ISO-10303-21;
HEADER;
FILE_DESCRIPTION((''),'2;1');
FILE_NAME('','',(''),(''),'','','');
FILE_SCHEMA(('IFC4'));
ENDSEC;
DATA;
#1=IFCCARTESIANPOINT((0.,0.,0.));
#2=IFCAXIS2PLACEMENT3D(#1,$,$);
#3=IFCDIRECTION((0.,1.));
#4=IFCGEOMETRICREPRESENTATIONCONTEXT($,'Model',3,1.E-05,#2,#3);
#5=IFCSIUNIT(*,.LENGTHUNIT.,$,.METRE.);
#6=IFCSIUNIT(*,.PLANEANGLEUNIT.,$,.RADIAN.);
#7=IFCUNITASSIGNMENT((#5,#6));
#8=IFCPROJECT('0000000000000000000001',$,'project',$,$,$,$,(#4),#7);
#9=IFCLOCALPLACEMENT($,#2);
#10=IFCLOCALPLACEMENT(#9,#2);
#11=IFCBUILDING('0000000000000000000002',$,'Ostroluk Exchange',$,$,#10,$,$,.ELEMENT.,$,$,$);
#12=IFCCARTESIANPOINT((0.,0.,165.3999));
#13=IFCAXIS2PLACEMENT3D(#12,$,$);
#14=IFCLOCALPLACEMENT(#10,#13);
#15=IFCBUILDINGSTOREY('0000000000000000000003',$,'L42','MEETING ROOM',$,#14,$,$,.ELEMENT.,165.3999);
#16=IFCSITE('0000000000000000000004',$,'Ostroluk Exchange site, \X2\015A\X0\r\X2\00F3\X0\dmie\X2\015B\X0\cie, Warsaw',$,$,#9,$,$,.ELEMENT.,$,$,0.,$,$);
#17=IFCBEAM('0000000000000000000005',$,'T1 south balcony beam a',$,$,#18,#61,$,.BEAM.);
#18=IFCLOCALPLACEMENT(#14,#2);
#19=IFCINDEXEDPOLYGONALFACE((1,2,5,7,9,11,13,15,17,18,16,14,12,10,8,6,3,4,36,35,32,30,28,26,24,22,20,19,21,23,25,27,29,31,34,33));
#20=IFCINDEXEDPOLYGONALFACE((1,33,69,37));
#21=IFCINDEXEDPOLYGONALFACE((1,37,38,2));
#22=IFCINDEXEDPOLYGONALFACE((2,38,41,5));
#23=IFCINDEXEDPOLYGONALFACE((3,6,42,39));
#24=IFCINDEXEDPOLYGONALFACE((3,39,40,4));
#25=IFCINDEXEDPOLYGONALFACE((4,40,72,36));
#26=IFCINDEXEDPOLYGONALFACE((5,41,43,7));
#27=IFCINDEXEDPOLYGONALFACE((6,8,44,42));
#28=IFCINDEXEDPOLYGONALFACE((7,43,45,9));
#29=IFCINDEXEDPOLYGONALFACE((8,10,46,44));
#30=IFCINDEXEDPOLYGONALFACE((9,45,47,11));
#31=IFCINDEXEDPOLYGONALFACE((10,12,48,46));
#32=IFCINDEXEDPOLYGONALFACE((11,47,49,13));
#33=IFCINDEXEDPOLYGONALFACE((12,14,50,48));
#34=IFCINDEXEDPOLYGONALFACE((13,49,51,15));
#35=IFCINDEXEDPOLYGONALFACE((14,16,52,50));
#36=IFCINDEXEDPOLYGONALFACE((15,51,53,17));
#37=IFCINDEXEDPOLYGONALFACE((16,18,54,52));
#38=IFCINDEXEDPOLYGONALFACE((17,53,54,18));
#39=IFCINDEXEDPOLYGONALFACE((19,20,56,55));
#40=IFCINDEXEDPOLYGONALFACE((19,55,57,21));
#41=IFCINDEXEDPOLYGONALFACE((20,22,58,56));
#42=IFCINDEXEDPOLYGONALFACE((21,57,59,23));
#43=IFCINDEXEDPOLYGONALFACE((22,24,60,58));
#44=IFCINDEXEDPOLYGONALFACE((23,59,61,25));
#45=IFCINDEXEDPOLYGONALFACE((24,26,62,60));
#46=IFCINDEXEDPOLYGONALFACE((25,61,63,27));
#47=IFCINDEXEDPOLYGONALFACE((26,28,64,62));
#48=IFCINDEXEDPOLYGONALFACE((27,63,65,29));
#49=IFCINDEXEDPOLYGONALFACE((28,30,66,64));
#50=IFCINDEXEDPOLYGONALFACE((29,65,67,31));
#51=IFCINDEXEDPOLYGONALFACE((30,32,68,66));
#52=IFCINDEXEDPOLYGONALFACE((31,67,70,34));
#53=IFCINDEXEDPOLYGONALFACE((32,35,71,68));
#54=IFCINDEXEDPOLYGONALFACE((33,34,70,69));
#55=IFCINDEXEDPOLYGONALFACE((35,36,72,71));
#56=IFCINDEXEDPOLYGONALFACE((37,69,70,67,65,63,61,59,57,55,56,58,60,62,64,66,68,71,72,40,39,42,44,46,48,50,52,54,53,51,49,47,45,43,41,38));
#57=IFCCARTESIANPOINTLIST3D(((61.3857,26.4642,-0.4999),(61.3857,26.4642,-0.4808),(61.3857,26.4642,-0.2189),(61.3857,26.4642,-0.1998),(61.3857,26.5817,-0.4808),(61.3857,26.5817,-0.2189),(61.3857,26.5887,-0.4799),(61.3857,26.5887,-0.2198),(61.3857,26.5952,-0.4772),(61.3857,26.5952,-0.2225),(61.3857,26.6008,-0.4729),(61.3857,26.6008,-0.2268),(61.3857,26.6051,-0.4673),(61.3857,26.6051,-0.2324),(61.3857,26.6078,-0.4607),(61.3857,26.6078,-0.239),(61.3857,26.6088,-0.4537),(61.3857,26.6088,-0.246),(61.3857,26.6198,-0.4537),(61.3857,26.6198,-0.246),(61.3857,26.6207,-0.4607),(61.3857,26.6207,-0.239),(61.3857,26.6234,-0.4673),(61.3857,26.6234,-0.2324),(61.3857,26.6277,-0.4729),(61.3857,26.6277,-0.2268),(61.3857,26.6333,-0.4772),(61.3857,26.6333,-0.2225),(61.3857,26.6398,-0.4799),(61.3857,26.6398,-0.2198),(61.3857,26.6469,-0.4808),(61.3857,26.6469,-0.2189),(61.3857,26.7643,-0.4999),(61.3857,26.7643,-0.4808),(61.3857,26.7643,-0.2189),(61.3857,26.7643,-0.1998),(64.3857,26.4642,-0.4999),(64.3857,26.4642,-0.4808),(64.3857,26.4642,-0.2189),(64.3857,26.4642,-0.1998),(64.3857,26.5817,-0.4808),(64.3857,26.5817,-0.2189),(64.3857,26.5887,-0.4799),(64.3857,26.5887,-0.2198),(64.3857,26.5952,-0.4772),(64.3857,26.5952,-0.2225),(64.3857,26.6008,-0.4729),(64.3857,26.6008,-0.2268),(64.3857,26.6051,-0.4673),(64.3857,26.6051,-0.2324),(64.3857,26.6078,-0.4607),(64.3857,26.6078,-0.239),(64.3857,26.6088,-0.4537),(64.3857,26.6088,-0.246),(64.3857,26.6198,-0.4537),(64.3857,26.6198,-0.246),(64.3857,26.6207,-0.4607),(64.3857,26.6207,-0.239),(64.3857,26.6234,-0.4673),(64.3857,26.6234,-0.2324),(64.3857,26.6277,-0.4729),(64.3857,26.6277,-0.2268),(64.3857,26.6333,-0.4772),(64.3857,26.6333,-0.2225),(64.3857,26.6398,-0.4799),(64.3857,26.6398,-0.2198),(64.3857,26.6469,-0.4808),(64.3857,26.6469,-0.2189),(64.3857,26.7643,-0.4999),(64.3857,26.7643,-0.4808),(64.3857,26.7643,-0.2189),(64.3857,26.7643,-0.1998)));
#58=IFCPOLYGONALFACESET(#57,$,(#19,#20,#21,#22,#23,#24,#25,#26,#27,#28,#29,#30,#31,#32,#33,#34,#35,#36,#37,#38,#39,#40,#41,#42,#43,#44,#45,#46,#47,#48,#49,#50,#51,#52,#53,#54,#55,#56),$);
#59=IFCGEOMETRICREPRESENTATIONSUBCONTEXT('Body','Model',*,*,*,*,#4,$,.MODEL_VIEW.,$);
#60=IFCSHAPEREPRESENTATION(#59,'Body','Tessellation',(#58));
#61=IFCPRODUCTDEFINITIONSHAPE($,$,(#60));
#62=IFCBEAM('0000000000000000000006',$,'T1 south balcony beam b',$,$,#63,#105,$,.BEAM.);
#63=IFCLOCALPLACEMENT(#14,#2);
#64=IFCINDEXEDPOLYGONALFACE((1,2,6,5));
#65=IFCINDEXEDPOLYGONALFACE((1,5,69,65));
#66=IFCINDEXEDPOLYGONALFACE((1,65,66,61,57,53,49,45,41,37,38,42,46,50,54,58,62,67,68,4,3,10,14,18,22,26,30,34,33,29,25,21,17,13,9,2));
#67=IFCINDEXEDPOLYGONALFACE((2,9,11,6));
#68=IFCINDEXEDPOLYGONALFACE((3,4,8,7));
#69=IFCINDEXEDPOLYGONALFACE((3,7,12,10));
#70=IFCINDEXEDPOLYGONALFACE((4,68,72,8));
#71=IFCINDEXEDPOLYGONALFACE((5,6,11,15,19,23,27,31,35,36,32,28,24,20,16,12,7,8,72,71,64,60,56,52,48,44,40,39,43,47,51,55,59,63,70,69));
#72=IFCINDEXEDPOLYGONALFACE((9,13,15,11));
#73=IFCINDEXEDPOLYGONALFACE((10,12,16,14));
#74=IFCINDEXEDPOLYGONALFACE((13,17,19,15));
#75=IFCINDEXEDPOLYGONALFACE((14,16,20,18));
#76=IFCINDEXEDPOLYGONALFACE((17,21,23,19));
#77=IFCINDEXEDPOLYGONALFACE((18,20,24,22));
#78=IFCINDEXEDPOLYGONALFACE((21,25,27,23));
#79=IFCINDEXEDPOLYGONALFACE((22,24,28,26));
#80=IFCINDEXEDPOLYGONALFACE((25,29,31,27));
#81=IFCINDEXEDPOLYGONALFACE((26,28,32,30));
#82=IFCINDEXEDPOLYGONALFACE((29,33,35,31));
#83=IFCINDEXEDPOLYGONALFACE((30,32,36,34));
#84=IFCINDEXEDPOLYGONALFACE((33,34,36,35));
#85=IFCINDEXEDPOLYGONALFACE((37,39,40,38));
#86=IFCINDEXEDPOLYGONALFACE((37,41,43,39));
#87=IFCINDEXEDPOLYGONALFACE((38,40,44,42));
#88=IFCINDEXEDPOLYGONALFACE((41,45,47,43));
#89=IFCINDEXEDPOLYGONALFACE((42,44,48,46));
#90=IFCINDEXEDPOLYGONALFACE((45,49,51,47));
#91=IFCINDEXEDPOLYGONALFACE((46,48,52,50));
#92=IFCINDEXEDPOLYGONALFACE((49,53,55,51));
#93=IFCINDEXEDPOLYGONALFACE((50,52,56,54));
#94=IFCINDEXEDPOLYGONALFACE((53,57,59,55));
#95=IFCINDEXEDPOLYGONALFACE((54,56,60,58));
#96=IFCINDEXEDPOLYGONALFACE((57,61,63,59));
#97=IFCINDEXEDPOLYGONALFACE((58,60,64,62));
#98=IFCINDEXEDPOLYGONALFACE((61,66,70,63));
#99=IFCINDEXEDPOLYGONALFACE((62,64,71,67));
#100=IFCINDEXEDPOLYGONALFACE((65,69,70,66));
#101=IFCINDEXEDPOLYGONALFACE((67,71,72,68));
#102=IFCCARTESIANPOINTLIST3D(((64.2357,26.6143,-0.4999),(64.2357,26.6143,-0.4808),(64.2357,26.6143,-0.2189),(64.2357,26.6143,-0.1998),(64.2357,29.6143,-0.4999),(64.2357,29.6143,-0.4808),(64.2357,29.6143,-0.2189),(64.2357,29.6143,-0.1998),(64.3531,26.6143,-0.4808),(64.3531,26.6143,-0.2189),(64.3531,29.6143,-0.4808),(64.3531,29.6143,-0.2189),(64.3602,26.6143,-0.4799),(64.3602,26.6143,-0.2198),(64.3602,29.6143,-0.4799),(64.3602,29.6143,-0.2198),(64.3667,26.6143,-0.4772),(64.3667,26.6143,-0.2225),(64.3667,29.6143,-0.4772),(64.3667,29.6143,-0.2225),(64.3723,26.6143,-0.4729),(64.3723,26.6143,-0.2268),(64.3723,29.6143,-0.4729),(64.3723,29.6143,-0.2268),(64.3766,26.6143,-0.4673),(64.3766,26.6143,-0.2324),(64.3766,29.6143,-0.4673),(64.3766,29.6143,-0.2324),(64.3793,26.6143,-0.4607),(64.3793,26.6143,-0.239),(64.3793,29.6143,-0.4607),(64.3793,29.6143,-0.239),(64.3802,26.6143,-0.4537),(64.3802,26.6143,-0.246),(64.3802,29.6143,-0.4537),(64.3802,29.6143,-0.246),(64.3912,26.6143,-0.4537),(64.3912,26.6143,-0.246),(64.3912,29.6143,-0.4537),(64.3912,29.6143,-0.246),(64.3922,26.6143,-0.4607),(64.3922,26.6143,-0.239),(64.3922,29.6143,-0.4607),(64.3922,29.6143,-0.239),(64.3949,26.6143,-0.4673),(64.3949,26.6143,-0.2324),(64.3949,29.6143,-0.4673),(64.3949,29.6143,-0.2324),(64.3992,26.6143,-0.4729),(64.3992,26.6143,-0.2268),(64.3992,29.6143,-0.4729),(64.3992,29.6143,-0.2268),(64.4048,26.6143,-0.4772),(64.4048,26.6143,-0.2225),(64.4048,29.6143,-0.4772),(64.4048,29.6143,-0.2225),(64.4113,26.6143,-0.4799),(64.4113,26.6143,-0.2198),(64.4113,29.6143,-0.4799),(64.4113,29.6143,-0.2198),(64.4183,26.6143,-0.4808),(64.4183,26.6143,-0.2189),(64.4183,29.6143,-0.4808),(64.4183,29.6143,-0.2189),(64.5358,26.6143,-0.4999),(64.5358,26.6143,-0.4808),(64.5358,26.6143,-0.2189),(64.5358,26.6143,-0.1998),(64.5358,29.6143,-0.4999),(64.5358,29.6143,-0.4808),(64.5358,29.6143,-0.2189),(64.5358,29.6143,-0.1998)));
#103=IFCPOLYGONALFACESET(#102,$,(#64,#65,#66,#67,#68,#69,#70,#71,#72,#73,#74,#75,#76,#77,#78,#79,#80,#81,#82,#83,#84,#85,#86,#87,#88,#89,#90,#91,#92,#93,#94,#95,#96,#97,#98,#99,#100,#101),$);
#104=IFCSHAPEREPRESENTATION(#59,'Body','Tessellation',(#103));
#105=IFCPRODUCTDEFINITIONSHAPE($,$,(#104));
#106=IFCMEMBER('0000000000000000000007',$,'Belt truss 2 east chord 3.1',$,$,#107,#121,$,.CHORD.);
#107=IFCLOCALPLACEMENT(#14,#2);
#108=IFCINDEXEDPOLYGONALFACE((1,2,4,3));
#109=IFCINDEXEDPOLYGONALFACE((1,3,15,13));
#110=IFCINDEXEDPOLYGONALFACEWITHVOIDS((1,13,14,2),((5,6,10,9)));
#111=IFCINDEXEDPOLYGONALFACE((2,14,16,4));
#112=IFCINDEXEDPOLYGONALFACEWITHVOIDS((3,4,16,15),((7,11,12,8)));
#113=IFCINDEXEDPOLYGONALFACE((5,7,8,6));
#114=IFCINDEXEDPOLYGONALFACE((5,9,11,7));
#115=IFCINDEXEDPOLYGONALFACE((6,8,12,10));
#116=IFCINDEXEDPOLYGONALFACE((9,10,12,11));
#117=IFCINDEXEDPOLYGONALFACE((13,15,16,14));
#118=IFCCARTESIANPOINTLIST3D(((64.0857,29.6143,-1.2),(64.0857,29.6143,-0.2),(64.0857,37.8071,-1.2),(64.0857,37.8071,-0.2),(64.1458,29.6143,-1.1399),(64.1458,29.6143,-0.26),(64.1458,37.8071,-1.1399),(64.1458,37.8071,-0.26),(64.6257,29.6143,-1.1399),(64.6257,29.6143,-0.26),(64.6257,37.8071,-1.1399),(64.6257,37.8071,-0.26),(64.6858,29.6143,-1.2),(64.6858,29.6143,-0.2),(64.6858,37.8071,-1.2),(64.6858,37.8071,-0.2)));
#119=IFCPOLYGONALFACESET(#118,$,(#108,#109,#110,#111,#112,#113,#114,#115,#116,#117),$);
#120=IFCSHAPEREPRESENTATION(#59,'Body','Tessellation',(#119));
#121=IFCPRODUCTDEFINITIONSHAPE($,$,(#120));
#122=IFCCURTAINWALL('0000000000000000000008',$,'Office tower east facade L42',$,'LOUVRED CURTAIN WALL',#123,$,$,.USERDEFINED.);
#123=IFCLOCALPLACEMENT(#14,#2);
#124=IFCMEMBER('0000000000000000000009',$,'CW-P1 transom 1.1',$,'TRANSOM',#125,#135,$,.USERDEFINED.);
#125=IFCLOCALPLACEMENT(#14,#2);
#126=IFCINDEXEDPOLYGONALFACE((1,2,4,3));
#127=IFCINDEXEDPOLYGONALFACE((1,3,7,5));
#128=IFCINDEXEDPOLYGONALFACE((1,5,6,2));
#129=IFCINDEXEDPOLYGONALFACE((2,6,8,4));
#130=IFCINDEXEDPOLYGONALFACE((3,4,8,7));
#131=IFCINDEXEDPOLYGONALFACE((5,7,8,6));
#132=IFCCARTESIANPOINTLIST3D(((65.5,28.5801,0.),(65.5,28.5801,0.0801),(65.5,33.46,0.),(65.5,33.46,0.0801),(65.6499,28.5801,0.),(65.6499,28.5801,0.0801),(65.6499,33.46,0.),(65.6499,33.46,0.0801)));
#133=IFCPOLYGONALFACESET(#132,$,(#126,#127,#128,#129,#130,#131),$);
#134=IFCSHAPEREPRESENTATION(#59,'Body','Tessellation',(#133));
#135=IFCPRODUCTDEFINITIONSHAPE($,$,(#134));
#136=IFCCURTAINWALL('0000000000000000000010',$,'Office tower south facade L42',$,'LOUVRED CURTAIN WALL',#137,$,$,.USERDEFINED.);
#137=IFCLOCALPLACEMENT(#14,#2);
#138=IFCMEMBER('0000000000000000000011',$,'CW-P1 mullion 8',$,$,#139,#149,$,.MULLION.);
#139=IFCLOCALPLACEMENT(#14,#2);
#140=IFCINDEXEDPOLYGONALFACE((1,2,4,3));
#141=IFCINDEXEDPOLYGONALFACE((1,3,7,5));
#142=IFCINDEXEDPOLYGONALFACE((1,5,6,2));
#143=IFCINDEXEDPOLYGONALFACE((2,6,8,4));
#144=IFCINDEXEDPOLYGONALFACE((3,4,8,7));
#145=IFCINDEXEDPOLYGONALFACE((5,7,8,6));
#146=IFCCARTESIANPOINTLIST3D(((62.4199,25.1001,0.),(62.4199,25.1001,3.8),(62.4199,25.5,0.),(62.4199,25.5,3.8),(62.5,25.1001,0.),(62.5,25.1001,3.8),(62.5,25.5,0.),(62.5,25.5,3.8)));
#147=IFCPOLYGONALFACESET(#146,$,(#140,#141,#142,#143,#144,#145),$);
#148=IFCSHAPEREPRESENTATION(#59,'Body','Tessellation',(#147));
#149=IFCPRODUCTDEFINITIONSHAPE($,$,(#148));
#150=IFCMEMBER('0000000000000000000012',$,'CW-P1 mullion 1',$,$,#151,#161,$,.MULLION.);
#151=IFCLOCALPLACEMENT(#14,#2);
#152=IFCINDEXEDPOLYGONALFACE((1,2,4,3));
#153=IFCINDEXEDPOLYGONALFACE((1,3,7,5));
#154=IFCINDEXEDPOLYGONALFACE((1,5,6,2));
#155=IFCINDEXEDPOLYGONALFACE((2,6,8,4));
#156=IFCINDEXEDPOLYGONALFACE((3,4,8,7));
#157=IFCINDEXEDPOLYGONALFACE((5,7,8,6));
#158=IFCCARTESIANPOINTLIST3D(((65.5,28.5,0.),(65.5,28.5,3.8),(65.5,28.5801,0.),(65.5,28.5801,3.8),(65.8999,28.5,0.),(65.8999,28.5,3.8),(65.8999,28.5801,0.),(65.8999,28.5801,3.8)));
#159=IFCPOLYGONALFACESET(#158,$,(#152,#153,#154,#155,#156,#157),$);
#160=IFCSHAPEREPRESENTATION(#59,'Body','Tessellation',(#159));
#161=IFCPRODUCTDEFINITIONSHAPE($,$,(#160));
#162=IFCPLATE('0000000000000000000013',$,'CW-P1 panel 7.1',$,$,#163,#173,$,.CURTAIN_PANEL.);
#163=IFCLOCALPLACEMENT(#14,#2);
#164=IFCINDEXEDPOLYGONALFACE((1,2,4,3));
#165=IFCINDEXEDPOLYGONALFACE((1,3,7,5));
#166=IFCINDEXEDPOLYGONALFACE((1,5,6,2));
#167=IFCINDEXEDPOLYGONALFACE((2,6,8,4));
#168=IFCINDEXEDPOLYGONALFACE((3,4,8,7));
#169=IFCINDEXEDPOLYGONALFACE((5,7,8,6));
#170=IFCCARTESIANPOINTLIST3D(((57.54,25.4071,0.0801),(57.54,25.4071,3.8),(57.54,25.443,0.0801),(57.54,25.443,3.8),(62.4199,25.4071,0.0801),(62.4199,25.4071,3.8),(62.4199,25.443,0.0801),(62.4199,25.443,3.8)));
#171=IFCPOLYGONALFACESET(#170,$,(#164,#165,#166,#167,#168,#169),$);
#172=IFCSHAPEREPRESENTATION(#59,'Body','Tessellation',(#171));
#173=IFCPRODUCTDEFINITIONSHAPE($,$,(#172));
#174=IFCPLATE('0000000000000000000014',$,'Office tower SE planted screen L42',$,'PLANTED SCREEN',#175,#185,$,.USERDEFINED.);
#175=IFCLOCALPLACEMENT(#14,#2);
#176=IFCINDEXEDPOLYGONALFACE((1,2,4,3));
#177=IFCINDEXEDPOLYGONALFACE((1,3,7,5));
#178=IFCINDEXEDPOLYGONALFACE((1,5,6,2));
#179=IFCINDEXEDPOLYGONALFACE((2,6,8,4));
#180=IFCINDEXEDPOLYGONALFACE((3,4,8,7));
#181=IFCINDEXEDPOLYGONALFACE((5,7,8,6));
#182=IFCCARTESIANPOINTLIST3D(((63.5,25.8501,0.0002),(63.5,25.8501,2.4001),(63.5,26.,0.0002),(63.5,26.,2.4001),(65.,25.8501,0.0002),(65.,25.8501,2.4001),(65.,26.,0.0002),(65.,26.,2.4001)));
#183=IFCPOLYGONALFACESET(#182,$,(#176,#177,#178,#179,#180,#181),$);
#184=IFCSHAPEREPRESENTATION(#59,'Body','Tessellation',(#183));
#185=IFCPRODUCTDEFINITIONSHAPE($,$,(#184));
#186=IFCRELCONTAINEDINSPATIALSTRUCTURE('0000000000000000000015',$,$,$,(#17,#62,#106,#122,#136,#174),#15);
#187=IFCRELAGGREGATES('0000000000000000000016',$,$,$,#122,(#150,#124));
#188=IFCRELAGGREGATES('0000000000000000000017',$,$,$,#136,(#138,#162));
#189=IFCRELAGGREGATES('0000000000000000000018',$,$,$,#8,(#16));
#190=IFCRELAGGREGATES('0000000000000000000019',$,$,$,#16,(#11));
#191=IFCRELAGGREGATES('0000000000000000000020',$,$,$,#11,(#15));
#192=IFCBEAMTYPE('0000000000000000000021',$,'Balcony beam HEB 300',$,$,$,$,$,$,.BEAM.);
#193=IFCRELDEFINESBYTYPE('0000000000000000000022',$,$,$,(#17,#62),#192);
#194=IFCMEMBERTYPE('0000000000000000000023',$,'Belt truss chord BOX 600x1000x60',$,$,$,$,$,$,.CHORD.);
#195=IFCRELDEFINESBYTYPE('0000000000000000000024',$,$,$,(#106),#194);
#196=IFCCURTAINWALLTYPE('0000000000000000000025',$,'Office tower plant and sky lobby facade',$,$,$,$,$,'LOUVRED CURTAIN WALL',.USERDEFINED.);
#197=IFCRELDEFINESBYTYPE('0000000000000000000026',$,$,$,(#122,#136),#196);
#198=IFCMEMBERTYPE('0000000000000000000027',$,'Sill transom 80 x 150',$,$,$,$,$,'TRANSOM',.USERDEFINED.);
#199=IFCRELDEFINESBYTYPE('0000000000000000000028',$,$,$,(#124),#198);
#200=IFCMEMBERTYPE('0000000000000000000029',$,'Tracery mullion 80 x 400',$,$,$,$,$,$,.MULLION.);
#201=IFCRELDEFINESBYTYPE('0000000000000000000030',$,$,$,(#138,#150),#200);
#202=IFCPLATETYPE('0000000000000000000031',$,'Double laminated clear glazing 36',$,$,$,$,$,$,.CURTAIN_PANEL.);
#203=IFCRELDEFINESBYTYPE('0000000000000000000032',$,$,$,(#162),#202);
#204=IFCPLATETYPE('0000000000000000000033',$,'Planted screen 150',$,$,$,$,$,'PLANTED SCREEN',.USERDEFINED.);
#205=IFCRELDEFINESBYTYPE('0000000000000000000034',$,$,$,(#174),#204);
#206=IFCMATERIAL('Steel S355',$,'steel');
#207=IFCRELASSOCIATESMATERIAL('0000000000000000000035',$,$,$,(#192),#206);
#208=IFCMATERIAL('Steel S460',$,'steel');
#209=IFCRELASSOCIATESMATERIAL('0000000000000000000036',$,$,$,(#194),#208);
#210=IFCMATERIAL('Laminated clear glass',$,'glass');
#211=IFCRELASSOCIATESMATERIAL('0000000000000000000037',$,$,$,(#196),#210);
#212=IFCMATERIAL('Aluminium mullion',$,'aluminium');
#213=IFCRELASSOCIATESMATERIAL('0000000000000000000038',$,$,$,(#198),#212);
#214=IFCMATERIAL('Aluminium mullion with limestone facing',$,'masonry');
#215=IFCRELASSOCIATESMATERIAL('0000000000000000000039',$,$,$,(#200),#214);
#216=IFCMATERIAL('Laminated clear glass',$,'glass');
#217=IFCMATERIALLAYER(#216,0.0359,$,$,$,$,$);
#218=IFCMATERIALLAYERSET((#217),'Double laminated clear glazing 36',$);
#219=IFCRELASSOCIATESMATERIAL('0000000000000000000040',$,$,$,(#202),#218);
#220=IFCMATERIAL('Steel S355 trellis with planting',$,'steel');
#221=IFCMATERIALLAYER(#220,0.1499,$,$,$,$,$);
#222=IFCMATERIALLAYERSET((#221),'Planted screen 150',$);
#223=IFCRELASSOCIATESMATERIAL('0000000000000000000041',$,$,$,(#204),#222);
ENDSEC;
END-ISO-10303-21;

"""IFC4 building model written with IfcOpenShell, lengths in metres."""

from ifc_helpers import new_model, si_unit, direction, frame, origin, origin_2d, place, context, subcontext, project, spatial, rectangle, hollow_rectangle, i_section, extrude, material, layer, layer_set, material_profile, profile_set, type_object, element, aggregate, save


model = new_model("IFC4")

# Units and contexts
model_context = context("Model", 3, precision=1e-05, world=origin(), true_north=direction((0.0, 1.0)))
body_context = subcontext(model_context, "Body", "Model", "MODEL_VIEW")
ifc_project = project(units=[si_unit("LENGTHUNIT", "METRE"), si_unit("PLANEANGLEUNIT", "RADIAN")], contexts=[model_context])

# Site, building, storey
site_placement = place(None, origin())
site = spatial("IfcSite", under=ifc_project, at=site_placement, Name="Ostroluk Exchange site, Śródmieście, Warsaw", CompositionType="ELEMENT", RefElevation=0.0)
building_placement = place(site_placement, origin())
building = spatial("IfcBuilding", under=site, at=building_placement, Name="Ostroluk Exchange", CompositionType="ELEMENT")
storey_placement = place(building_placement, frame((0.0, 0.0, 165.3999)))
storey = spatial("IfcBuildingStorey", under=building, at=storey_placement, Name="L42", Description="MEETING ROOM", CompositionType="ELEMENT", Elevation=165.3999)

# Beams
ifc_material_1 = material(Name="Steel S355", Category="steel")
ifc_material_profile_1 = material_profile(ifc_material_1, i_section(OverallWidth=0.3, OverallDepth=0.3, WebThickness=0.011, FlangeThickness=0.019, FilletRadius=0.0271, at=origin_2d()), Name="HEB 300")
ifc_profile_set_1 = profile_set([ifc_material_profile_1], Name="Steel S355")
beam_type = type_object("IfcBeamType", Name="Balcony beam HEB 300", PredefinedType="BEAM", material=ifc_profile_set_1)
for number, where, z_axis, x_axis, name in (
    (1, (61.3857, 26.6143, -0.3499), (1.0, 0.0, 0.0), (0.0, 1.0, 0.0), "T1 south balcony beam a"),
    (2, (64.3857, 29.6143, -0.3499), (0.0, -1.0, 0.0), (1.0, 0.0, 0.0), "T1 south balcony beam b"),
):
    element("IfcBeam", number, at=place(storey_placement, frame(where, z_axis=z_axis, x_axis=x_axis)), inside=storey, type_object=beam_type, Name=name, PredefinedType="BEAM", context=body_context, shape_type="SweptSolid", body=[
        extrude(i_section(OverallWidth=0.3, OverallDepth=0.3, WebThickness=0.011, FlangeThickness=0.019, FilletRadius=0.0271, at=origin_2d()), origin(), (0.0, 0.0, 1.0), 3.0),
    ])

# Member
ifc_material_2 = material(Name="Steel S460", Category="steel")
ifc_material_profile_2 = material_profile(ifc_material_2, hollow_rectangle(XDim=0.6001, YDim=1.0, WallThickness=0.0601, at=origin_2d()), Name="BOX 600x1000x60")
ifc_profile_set_2 = profile_set([ifc_material_profile_2], Name="Steel S460")
member_type_1 = type_object("IfcMemberType", Name="Belt truss chord BOX 600x1000x60", PredefinedType="CHORD", material=ifc_profile_set_2)
member_1_placement = place(storey_placement, frame((64.3857, 29.6143, -0.7), z_axis=(0.0, 1.0, 0.0), x_axis=(-1.0, 0.0, 0.0)))
element("IfcMember", 3, at=member_1_placement, inside=storey, type_object=member_type_1, Name="Belt truss 2 east chord 3.1", PredefinedType="CHORD", context=body_context, shape_type="SweptSolid", body=[
    extrude(hollow_rectangle(XDim=0.6001, YDim=1.0, WallThickness=0.0601, at=origin_2d()), origin(), (0.0, 0.0, 1.0), 8.1929),
])

# Curtain walls, members
ifc_material_3 = material(Name="Laminated clear glass", Category="glass")
curtain_wall_type = type_object("IfcCurtainWallType", Name="Office tower plant and sky lobby facade", ElementType="LOUVRED CURTAIN WALL", PredefinedType="USERDEFINED", material=ifc_material_3)
curtain_wall_1_placement = place(storey_placement, origin())
curtain_wall_1 = element("IfcCurtainWall", 4, at=curtain_wall_1_placement, inside=storey, type_object=curtain_wall_type, Name="Office tower east facade L42", ObjectType="LOUVRED CURTAIN WALL", PredefinedType="USERDEFINED")
ifc_material_4 = material(Name="Aluminium mullion", Category="aluminium")
ifc_material_profile_3 = material_profile(ifc_material_4, rectangle(XDim=0.1499, YDim=0.0801, at=origin_2d()), Name="Sill transom 80 x 150")
ifc_profile_set_3 = profile_set([ifc_material_profile_3], Name="Aluminium mullion")
member_type_2 = type_object("IfcMemberType", Name="Sill transom 80 x 150", ElementType="TRANSOM", PredefinedType="USERDEFINED", material=ifc_profile_set_3)
member_2_placement = place(storey_placement, frame((65.575, 28.5801, 0.04), z_axis=(0.0, 1.0, 0.0), x_axis=(-1.0, 0.0, 0.0)))
member_2 = element("IfcMember", 5, at=member_2_placement, type_object=member_type_2, Name="CW-P1 transom 1.1", ObjectType="TRANSOM", PredefinedType="USERDEFINED", context=body_context, shape_type="SweptSolid", body=[
    extrude(rectangle(XDim=0.1499, YDim=0.0801, at=origin_2d()), origin(), (0.0, 0.0, 1.0), 4.8799),
])
curtain_wall_2_placement = place(storey_placement, origin())
curtain_wall_2 = element("IfcCurtainWall", 6, at=curtain_wall_2_placement, inside=storey, type_object=curtain_wall_type, Name="Office tower south facade L42", ObjectType="LOUVRED CURTAIN WALL", PredefinedType="USERDEFINED")
ifc_material_5 = material(Name="Aluminium mullion with limestone facing", Category="masonry")
ifc_material_profile_4 = material_profile(ifc_material_5, rectangle(XDim=0.3999, YDim=0.0801, at=origin_2d()), Name="Tracery mullion 80 x 400")
ifc_profile_set_4 = profile_set([ifc_material_profile_4], Name="Aluminium mullion with limestone facing")
member_type_3 = type_object("IfcMemberType", Name="Tracery mullion 80 x 400", PredefinedType="MULLION", material=ifc_profile_set_4)
member_3_placement = place(storey_placement, frame((62.46, 25.3, 0.0), z_axis=(0.0, 0.0, 1.0), x_axis=(0.0, 1.0, 0.0)))
member_3 = element("IfcMember", 7, at=member_3_placement, type_object=member_type_3, Name="CW-P1 mullion 8", PredefinedType="MULLION", context=body_context, shape_type="SweptSolid", body=[
    extrude(rectangle(XDim=0.3999, YDim=0.0801, at=origin_2d()), origin(), (0.0, 0.0, 1.0), 3.8),
])

# Member
member_4_placement = place(storey_placement, frame((65.7, 28.54, 0.0), z_axis=(0.0, 0.0, 1.0), x_axis=(-1.0, 0.0, 0.0)))
member_4 = element("IfcMember", 8, at=member_4_placement, type_object=member_type_3, Name="CW-P1 mullion 1", PredefinedType="MULLION", context=body_context, shape_type="SweptSolid", body=[
    extrude(rectangle(XDim=0.3999, YDim=0.0801, at=origin_2d()), origin(), (0.0, 0.0, 1.0), 3.8),
])
aggregate(curtain_wall_1, [member_4, member_2])

# Plates
ifc_material_6 = material(Name="Laminated clear glass", Category="glass")
ifc_layer_1 = layer(ifc_material_6, 0.0359)
ifc_layer_set_1 = layer_set([ifc_layer_1], Name="Double laminated clear glazing 36")
plate_type_1 = type_object("IfcPlateType", Name="Double laminated clear glazing 36", PredefinedType="CURTAIN_PANEL", material=ifc_layer_set_1)
plate_1_placement = place(storey_placement, frame((59.98, 25.425, 0.0801), z_axis=(0.0, 0.0, 1.0), x_axis=(1.0, 0.0, 0.0)))
plate_1 = element("IfcPlate", 9, at=plate_1_placement, type_object=plate_type_1, Name="CW-P1 panel 7.1", PredefinedType="CURTAIN_PANEL", context=body_context, shape_type="SweptSolid", body=[
    extrude(rectangle(XDim=4.8799, YDim=0.0359, at=origin_2d()), origin(), (0.0, 0.0, 1.0), 3.72),
])
aggregate(curtain_wall_2, [member_3, plate_1])
ifc_material_7 = material(Name="Steel S355 trellis with planting", Category="steel")
ifc_layer_2 = layer(ifc_material_7, 0.1499)
ifc_layer_set_2 = layer_set([ifc_layer_2], Name="Planted screen 150")
plate_type_2 = type_object("IfcPlateType", Name="Planted screen 150", ElementType="PLANTED SCREEN", PredefinedType="USERDEFINED", material=ifc_layer_set_2)
plate_2_placement = place(storey_placement, frame((64.25, 25.925, 0.0002), z_axis=(0.0, 0.0, 1.0), x_axis=(1.0, 0.0, 0.0)))
element("IfcPlate", 10, at=plate_2_placement, inside=storey, type_object=plate_type_2, Name="Office tower SE planted screen L42", ObjectType="PLANTED SCREEN", PredefinedType="USERDEFINED", context=body_context, shape_type="SweptSolid", body=[
    extrude(rectangle(XDim=1.5, YDim=0.1499, at=origin_2d()), origin(), (0.0, 0.0, 1.0), 2.3999),
])

save(model, "model.ifc")
